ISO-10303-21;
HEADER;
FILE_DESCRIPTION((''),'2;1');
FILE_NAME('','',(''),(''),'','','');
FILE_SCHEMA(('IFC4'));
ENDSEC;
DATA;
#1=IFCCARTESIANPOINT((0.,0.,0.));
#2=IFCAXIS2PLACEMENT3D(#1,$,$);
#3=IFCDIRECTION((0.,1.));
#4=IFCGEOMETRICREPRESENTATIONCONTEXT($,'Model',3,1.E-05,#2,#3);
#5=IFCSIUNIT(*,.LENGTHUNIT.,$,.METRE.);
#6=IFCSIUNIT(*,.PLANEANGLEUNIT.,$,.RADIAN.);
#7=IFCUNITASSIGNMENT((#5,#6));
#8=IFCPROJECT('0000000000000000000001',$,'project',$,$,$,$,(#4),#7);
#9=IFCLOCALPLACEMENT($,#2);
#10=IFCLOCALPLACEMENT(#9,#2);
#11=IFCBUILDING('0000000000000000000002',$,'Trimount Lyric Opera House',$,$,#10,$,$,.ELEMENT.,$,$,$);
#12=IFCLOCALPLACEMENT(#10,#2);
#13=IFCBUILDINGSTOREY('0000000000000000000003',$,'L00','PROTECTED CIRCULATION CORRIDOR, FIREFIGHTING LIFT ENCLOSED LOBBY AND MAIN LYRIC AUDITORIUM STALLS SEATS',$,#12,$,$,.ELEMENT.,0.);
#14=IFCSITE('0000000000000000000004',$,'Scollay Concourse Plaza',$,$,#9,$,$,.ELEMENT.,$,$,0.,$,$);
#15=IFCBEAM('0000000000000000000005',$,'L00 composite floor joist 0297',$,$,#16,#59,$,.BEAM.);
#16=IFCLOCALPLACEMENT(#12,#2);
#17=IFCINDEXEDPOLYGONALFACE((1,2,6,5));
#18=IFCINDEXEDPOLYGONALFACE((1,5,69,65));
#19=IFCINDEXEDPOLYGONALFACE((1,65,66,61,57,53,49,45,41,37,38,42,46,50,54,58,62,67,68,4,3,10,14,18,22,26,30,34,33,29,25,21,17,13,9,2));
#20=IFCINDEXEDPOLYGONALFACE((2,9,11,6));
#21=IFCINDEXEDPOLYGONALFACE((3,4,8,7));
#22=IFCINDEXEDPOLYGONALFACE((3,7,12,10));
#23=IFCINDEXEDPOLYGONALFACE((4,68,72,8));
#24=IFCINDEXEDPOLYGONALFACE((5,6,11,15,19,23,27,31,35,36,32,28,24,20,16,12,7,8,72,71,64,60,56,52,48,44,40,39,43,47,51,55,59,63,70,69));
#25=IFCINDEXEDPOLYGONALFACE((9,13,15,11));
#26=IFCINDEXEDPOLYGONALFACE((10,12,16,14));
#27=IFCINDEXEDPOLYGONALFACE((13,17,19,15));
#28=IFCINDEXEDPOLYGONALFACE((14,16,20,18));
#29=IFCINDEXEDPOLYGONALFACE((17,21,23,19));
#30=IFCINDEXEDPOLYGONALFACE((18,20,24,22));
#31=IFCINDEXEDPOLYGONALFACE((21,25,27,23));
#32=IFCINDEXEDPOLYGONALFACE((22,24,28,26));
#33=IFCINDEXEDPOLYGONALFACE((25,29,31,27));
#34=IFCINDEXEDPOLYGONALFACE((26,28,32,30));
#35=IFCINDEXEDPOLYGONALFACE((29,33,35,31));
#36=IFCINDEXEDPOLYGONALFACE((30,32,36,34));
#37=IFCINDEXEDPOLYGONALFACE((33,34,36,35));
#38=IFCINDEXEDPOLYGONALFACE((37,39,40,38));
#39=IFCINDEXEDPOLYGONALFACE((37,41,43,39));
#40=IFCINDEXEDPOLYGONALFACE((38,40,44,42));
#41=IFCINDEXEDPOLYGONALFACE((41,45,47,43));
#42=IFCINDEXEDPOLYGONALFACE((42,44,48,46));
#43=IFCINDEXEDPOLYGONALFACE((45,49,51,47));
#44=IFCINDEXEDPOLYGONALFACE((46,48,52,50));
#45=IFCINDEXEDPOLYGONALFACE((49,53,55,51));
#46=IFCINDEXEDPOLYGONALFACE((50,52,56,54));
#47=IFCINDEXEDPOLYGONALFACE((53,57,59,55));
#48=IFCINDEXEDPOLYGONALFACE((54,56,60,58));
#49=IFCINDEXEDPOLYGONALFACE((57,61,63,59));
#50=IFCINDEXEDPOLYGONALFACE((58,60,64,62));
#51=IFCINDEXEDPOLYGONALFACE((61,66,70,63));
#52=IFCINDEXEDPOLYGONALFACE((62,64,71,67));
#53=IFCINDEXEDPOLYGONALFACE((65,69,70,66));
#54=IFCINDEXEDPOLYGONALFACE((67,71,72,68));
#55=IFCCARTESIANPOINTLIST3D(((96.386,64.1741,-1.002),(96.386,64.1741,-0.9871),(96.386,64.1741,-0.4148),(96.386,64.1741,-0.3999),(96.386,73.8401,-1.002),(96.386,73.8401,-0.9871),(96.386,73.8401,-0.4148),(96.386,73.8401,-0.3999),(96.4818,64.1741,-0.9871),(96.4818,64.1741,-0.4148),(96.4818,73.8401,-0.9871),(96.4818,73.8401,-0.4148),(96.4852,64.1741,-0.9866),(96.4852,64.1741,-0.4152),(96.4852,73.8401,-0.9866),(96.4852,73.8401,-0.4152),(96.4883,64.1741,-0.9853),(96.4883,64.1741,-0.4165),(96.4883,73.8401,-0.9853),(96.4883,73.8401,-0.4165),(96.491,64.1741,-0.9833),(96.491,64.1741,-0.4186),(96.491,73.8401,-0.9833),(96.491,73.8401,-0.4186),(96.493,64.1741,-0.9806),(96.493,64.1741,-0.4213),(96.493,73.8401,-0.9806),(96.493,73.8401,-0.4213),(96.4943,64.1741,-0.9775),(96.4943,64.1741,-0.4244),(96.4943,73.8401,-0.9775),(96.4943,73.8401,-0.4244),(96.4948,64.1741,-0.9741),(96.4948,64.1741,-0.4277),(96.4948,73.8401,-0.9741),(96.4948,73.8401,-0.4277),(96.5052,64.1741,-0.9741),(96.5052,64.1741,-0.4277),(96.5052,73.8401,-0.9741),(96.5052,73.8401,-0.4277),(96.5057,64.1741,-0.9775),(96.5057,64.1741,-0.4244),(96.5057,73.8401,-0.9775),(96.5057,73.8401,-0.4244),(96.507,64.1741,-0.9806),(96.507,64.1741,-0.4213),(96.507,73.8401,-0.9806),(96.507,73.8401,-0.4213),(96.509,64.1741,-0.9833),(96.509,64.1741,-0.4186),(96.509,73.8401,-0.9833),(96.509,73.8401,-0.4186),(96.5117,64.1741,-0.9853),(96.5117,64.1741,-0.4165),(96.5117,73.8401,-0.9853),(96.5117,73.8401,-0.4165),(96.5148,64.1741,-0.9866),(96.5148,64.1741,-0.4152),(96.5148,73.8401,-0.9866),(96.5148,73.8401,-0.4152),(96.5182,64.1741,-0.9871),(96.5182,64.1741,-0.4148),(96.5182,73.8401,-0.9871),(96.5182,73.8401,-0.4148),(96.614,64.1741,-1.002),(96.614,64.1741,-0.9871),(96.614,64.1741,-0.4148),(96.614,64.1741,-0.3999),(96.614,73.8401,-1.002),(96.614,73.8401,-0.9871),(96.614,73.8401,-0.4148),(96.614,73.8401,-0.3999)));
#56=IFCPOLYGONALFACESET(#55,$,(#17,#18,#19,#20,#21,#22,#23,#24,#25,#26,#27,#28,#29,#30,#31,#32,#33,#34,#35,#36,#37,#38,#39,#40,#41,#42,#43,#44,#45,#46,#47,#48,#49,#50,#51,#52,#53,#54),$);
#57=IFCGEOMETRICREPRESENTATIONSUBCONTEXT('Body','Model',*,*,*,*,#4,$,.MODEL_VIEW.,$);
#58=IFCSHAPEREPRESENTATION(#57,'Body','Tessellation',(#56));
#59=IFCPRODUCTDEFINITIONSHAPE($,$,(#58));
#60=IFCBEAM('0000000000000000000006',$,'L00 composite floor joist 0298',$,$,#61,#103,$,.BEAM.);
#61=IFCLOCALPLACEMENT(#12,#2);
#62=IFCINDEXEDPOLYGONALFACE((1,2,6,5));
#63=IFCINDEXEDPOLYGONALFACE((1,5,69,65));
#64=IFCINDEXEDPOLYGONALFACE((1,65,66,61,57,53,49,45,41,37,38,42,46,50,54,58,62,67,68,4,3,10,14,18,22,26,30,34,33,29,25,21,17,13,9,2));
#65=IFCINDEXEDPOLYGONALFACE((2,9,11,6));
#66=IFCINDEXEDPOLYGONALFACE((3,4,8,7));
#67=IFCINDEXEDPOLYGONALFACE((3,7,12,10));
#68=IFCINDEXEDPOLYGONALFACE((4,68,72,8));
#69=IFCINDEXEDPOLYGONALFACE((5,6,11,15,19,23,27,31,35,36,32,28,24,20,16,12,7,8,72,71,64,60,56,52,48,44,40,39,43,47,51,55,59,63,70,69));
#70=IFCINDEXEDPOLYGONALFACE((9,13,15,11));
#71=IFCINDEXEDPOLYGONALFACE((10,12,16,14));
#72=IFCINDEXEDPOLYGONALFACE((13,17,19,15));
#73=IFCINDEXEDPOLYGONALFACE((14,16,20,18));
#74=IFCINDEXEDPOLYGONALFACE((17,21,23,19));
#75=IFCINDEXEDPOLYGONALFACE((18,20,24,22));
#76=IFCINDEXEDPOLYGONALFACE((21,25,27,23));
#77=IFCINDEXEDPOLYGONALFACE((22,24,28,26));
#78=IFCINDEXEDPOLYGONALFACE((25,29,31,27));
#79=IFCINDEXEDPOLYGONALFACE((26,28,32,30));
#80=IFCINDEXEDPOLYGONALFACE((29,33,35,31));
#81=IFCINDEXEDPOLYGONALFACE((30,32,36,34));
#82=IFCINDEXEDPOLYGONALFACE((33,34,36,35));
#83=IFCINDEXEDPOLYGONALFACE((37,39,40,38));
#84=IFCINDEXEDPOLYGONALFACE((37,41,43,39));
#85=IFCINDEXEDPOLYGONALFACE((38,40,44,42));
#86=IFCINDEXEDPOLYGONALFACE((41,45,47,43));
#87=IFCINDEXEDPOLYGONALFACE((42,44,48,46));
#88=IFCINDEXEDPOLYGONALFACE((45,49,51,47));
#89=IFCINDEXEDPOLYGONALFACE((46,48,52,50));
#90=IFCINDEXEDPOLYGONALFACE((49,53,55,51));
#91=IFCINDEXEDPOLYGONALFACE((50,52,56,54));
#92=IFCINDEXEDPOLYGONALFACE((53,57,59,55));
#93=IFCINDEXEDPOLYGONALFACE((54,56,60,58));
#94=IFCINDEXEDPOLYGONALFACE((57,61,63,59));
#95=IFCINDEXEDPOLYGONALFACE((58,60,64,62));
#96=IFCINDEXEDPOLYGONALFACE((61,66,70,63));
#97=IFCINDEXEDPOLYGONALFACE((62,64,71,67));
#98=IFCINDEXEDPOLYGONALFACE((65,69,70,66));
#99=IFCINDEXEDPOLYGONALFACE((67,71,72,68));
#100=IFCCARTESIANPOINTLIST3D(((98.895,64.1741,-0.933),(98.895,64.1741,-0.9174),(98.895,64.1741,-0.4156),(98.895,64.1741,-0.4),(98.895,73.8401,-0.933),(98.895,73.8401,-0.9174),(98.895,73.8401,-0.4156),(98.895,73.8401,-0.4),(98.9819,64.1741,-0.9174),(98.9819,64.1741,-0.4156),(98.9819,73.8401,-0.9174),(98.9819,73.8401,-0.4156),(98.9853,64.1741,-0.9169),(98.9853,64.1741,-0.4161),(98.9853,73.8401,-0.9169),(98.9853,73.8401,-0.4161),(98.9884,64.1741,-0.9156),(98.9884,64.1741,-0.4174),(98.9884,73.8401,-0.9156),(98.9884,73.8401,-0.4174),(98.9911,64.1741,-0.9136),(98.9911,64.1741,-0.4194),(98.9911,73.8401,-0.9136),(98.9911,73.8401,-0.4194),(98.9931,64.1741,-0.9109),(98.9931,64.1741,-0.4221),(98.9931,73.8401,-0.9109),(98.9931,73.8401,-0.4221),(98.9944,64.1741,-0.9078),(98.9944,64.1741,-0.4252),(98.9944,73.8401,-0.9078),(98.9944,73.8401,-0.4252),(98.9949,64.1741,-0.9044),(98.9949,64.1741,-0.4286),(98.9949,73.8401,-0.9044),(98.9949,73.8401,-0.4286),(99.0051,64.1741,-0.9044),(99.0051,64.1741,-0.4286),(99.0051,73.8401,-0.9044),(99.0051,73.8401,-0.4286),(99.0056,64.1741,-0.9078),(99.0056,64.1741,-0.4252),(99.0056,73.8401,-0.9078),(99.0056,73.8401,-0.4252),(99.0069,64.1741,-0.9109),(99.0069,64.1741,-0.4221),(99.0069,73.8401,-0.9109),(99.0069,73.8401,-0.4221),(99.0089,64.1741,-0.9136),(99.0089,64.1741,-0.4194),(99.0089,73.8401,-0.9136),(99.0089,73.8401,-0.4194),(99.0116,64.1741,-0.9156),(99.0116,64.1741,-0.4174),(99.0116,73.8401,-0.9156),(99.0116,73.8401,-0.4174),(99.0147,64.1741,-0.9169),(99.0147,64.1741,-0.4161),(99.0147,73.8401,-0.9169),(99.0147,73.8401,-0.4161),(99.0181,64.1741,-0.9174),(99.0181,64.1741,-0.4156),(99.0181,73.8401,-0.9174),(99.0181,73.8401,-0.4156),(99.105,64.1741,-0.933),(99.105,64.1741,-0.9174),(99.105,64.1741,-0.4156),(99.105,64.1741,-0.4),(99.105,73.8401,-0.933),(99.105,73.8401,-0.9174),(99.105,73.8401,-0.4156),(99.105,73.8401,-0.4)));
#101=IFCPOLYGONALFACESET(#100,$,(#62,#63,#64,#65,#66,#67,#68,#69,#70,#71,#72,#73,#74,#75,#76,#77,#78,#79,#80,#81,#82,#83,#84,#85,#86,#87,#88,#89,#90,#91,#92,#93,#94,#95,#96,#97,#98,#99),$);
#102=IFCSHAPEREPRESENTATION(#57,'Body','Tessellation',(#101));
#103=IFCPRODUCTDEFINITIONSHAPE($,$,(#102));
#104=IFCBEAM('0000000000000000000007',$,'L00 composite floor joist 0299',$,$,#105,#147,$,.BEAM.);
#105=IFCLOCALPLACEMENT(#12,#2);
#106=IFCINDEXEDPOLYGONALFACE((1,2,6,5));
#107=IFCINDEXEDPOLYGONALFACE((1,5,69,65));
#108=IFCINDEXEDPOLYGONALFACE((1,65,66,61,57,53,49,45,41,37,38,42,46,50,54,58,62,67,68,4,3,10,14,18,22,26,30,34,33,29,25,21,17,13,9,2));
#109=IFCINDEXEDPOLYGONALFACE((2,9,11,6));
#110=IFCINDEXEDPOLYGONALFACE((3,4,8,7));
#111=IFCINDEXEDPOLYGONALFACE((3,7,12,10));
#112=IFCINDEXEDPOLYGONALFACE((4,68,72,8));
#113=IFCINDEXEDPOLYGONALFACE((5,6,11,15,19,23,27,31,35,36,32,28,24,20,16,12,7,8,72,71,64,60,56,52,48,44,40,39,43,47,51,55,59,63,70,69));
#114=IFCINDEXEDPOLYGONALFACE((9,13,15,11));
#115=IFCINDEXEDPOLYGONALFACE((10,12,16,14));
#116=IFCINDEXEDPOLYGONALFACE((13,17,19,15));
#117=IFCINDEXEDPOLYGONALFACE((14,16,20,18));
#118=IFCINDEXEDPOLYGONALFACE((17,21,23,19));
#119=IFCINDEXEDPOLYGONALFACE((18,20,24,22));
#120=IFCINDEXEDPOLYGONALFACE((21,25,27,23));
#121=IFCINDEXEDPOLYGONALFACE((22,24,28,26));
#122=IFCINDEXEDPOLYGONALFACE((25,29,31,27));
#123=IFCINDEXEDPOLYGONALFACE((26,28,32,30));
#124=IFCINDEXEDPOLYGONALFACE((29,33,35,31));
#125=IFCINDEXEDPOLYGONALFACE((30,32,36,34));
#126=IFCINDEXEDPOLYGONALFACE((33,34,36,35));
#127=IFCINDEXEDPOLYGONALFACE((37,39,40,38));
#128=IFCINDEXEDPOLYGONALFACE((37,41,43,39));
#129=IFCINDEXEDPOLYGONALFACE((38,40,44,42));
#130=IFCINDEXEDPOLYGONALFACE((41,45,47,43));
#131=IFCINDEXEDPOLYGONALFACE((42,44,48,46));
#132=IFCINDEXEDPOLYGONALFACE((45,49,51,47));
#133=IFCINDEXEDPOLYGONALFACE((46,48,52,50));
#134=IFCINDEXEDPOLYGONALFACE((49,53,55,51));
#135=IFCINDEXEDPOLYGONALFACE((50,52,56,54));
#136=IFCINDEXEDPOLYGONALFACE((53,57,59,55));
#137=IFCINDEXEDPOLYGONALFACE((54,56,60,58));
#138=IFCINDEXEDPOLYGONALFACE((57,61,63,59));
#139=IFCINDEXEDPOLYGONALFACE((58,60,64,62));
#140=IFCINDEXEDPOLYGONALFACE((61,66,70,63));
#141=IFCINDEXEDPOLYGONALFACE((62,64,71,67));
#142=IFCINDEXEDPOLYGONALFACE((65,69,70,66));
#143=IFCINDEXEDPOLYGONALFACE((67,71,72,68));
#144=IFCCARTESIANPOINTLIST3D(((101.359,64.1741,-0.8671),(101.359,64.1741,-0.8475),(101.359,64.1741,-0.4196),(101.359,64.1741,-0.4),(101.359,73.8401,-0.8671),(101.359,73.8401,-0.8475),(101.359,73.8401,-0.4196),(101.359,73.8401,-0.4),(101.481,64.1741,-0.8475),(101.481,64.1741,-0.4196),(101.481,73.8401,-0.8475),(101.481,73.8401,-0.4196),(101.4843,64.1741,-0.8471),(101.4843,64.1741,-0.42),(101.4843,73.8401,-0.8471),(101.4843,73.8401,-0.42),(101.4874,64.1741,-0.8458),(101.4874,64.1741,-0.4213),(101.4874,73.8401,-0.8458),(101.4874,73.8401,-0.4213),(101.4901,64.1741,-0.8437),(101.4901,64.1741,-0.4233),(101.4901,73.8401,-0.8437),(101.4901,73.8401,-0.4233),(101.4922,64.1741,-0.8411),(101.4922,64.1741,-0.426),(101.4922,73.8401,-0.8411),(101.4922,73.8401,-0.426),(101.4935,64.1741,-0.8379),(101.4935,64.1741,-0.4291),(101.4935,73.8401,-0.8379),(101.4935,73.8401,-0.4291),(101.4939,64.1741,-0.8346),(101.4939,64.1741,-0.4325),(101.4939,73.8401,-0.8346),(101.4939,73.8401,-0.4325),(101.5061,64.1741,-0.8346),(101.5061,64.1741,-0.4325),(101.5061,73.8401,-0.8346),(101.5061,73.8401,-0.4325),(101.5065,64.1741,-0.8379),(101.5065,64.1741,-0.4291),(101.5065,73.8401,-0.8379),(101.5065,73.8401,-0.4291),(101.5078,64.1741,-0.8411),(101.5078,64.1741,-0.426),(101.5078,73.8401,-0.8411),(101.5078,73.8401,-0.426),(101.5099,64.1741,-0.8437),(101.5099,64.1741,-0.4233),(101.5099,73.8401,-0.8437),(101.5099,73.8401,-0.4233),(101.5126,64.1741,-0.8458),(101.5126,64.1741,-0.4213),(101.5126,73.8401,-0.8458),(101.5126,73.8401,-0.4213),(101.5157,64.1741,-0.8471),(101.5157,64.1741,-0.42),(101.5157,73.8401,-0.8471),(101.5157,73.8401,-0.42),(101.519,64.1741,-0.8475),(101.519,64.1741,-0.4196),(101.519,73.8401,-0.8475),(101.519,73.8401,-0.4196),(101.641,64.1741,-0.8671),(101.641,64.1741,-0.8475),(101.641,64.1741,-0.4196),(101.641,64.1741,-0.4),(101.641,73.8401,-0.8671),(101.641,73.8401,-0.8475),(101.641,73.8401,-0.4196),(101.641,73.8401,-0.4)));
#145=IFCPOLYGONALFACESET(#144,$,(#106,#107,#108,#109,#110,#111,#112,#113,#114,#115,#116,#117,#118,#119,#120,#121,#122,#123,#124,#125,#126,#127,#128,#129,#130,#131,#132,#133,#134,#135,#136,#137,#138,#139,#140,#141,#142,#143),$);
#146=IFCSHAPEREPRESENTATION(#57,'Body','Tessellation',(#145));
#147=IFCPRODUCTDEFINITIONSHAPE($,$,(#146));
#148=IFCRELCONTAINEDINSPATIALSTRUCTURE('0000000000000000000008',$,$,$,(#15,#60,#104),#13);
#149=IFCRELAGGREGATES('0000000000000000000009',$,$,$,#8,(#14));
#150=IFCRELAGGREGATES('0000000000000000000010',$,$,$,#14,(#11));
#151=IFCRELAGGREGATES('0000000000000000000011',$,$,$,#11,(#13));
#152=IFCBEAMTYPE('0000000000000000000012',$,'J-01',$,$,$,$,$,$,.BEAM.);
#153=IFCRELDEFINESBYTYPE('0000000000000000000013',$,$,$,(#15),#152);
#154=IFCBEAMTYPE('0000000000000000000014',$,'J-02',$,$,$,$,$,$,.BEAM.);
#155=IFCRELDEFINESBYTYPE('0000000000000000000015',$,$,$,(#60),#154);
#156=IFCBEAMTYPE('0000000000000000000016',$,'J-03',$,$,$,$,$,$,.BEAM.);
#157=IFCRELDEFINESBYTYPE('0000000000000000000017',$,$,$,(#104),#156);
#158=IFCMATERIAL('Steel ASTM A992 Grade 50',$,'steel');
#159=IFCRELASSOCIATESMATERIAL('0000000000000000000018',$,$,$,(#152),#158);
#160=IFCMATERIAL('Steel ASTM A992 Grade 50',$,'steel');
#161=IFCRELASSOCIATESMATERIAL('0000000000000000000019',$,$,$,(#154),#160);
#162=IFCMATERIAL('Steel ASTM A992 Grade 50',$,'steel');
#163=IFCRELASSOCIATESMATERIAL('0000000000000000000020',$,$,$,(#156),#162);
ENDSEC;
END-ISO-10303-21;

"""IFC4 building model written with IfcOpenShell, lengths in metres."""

from ifc_helpers import new_model, si_unit, direction, frame, origin, origin_2d, place, context, subcontext, project, spatial, i_section, extrude, material, material_profile, profile_set, type_object, element, save


model = new_model("IFC4")

# Units and contexts
model_context = context("Model", 3, precision=1e-05, world=origin(), true_north=direction((0.0, 1.0)))
body_context = subcontext(model_context, "Body", "Model", "MODEL_VIEW")
ifc_project = project(units=[si_unit("LENGTHUNIT", "METRE"), si_unit("PLANEANGLEUNIT", "RADIAN")], contexts=[model_context])

# Site, building, storey
site_placement = place(None, origin())
site = spatial("IfcSite", under=ifc_project, at=site_placement, Name="Scollay Concourse Plaza", CompositionType="ELEMENT", RefElevation=0.0)
building_placement = place(site_placement, origin())
building = spatial("IfcBuilding", under=site, at=building_placement, Name="Trimount Lyric Opera House", CompositionType="ELEMENT")
storey_placement = place(building_placement, origin())
storey = spatial("IfcBuildingStorey", under=building, at=storey_placement, Name="L00", Description="PROTECTED CIRCULATION CORRIDOR, FIREFIGHTING LIFT ENCLOSED LOBBY AND MAIN LYRIC AUDITORIUM STALLS SEATS", CompositionType="ELEMENT", Elevation=0.0)

# Beams
ifc_material_1 = material(Name="Steel ASTM A992 Grade 50", Category="steel")
ifc_material_profile_1 = material_profile(ifc_material_1, i_section(OverallWidth=0.228, OverallDepth=0.6021, WebThickness=0.0105, FlangeThickness=0.0149, FilletRadius=0.0129, at=origin_2d()), Name="W24X68")
ifc_profile_set_1 = profile_set([ifc_material_profile_1], Name="Steel ASTM A992 Grade 50")
beam_type_1 = type_object("IfcBeamType", Name="J-01", PredefinedType="BEAM", material=ifc_profile_set_1)
beam_1_placement = place(storey_placement, frame((96.5, 64.1741, -0.7009), z_axis=(0.0, 1.0, 0.0), x_axis=(-1.0, 0.0, 0.0)))
element("IfcBeam", 1, at=beam_1_placement, inside=storey, type_object=beam_type_1, Name="L00 composite floor joist 0297", PredefinedType="BEAM", context=body_context, shape_type="SweptSolid", body=[
    extrude(i_section(OverallWidth=0.228, OverallDepth=0.6021, WebThickness=0.0105, FlangeThickness=0.0149, FilletRadius=0.0129, at=origin_2d()), origin(), (0.0, 0.0, 1.0), 9.666),
])
ifc_material_2 = material(Name="Steel ASTM A992 Grade 50", Category="steel")
ifc_material_profile_2 = material_profile(ifc_material_2, i_section(OverallWidth=0.21, OverallDepth=0.533, WebThickness=0.0103, FlangeThickness=0.0156, FilletRadius=0.0129, at=origin_2d()), Name="W21X62")
ifc_profile_set_2 = profile_set([ifc_material_profile_2], Name="Steel ASTM A992 Grade 50")
beam_type_2 = type_object("IfcBeamType", Name="J-02", PredefinedType="BEAM", material=ifc_profile_set_2)
beam_2_placement = place(storey_placement, frame((99.0, 64.1741, -0.6665), z_axis=(0.0, 1.0, 0.0), x_axis=(-1.0, 0.0, 0.0)))
element("IfcBeam", 2, at=beam_2_placement, inside=storey, type_object=beam_type_2, Name="L00 composite floor joist 0298", PredefinedType="BEAM", context=body_context, shape_type="SweptSolid", body=[
    extrude(i_section(OverallWidth=0.21, OverallDepth=0.533, WebThickness=0.0103, FlangeThickness=0.0156, FilletRadius=0.0129, at=origin_2d()), origin(), (0.0, 0.0, 1.0), 9.666),
])
ifc_material_3 = material(Name="Steel ASTM A992 Grade 50", Category="steel")
ifc_material_profile_3 = material_profile(ifc_material_3, i_section(OverallWidth=0.282, OverallDepth=0.467, WebThickness=0.0122, FlangeThickness=0.0195, FilletRadius=0.0129, at=origin_2d()), Name="W18X86")
ifc_profile_set_3 = profile_set([ifc_material_profile_3], Name="Steel ASTM A992 Grade 50")
beam_type_3 = type_object("IfcBeamType", Name="J-03", PredefinedType="BEAM", material=ifc_profile_set_3)
beam_3_placement = place(storey_placement, frame((101.5, 64.1741, -0.6335), z_axis=(0.0, 1.0, 0.0), x_axis=(-1.0, 0.0, 0.0)))
element("IfcBeam", 3, at=beam_3_placement, inside=storey, type_object=beam_type_3, Name="L00 composite floor joist 0299", PredefinedType="BEAM", context=body_context, shape_type="SweptSolid", body=[
    extrude(i_section(OverallWidth=0.282, OverallDepth=0.467, WebThickness=0.0122, FlangeThickness=0.0195, FilletRadius=0.0129, at=origin_2d()), origin(), (0.0, 0.0, 1.0), 9.666),
])

save(model, "model.ifc")
